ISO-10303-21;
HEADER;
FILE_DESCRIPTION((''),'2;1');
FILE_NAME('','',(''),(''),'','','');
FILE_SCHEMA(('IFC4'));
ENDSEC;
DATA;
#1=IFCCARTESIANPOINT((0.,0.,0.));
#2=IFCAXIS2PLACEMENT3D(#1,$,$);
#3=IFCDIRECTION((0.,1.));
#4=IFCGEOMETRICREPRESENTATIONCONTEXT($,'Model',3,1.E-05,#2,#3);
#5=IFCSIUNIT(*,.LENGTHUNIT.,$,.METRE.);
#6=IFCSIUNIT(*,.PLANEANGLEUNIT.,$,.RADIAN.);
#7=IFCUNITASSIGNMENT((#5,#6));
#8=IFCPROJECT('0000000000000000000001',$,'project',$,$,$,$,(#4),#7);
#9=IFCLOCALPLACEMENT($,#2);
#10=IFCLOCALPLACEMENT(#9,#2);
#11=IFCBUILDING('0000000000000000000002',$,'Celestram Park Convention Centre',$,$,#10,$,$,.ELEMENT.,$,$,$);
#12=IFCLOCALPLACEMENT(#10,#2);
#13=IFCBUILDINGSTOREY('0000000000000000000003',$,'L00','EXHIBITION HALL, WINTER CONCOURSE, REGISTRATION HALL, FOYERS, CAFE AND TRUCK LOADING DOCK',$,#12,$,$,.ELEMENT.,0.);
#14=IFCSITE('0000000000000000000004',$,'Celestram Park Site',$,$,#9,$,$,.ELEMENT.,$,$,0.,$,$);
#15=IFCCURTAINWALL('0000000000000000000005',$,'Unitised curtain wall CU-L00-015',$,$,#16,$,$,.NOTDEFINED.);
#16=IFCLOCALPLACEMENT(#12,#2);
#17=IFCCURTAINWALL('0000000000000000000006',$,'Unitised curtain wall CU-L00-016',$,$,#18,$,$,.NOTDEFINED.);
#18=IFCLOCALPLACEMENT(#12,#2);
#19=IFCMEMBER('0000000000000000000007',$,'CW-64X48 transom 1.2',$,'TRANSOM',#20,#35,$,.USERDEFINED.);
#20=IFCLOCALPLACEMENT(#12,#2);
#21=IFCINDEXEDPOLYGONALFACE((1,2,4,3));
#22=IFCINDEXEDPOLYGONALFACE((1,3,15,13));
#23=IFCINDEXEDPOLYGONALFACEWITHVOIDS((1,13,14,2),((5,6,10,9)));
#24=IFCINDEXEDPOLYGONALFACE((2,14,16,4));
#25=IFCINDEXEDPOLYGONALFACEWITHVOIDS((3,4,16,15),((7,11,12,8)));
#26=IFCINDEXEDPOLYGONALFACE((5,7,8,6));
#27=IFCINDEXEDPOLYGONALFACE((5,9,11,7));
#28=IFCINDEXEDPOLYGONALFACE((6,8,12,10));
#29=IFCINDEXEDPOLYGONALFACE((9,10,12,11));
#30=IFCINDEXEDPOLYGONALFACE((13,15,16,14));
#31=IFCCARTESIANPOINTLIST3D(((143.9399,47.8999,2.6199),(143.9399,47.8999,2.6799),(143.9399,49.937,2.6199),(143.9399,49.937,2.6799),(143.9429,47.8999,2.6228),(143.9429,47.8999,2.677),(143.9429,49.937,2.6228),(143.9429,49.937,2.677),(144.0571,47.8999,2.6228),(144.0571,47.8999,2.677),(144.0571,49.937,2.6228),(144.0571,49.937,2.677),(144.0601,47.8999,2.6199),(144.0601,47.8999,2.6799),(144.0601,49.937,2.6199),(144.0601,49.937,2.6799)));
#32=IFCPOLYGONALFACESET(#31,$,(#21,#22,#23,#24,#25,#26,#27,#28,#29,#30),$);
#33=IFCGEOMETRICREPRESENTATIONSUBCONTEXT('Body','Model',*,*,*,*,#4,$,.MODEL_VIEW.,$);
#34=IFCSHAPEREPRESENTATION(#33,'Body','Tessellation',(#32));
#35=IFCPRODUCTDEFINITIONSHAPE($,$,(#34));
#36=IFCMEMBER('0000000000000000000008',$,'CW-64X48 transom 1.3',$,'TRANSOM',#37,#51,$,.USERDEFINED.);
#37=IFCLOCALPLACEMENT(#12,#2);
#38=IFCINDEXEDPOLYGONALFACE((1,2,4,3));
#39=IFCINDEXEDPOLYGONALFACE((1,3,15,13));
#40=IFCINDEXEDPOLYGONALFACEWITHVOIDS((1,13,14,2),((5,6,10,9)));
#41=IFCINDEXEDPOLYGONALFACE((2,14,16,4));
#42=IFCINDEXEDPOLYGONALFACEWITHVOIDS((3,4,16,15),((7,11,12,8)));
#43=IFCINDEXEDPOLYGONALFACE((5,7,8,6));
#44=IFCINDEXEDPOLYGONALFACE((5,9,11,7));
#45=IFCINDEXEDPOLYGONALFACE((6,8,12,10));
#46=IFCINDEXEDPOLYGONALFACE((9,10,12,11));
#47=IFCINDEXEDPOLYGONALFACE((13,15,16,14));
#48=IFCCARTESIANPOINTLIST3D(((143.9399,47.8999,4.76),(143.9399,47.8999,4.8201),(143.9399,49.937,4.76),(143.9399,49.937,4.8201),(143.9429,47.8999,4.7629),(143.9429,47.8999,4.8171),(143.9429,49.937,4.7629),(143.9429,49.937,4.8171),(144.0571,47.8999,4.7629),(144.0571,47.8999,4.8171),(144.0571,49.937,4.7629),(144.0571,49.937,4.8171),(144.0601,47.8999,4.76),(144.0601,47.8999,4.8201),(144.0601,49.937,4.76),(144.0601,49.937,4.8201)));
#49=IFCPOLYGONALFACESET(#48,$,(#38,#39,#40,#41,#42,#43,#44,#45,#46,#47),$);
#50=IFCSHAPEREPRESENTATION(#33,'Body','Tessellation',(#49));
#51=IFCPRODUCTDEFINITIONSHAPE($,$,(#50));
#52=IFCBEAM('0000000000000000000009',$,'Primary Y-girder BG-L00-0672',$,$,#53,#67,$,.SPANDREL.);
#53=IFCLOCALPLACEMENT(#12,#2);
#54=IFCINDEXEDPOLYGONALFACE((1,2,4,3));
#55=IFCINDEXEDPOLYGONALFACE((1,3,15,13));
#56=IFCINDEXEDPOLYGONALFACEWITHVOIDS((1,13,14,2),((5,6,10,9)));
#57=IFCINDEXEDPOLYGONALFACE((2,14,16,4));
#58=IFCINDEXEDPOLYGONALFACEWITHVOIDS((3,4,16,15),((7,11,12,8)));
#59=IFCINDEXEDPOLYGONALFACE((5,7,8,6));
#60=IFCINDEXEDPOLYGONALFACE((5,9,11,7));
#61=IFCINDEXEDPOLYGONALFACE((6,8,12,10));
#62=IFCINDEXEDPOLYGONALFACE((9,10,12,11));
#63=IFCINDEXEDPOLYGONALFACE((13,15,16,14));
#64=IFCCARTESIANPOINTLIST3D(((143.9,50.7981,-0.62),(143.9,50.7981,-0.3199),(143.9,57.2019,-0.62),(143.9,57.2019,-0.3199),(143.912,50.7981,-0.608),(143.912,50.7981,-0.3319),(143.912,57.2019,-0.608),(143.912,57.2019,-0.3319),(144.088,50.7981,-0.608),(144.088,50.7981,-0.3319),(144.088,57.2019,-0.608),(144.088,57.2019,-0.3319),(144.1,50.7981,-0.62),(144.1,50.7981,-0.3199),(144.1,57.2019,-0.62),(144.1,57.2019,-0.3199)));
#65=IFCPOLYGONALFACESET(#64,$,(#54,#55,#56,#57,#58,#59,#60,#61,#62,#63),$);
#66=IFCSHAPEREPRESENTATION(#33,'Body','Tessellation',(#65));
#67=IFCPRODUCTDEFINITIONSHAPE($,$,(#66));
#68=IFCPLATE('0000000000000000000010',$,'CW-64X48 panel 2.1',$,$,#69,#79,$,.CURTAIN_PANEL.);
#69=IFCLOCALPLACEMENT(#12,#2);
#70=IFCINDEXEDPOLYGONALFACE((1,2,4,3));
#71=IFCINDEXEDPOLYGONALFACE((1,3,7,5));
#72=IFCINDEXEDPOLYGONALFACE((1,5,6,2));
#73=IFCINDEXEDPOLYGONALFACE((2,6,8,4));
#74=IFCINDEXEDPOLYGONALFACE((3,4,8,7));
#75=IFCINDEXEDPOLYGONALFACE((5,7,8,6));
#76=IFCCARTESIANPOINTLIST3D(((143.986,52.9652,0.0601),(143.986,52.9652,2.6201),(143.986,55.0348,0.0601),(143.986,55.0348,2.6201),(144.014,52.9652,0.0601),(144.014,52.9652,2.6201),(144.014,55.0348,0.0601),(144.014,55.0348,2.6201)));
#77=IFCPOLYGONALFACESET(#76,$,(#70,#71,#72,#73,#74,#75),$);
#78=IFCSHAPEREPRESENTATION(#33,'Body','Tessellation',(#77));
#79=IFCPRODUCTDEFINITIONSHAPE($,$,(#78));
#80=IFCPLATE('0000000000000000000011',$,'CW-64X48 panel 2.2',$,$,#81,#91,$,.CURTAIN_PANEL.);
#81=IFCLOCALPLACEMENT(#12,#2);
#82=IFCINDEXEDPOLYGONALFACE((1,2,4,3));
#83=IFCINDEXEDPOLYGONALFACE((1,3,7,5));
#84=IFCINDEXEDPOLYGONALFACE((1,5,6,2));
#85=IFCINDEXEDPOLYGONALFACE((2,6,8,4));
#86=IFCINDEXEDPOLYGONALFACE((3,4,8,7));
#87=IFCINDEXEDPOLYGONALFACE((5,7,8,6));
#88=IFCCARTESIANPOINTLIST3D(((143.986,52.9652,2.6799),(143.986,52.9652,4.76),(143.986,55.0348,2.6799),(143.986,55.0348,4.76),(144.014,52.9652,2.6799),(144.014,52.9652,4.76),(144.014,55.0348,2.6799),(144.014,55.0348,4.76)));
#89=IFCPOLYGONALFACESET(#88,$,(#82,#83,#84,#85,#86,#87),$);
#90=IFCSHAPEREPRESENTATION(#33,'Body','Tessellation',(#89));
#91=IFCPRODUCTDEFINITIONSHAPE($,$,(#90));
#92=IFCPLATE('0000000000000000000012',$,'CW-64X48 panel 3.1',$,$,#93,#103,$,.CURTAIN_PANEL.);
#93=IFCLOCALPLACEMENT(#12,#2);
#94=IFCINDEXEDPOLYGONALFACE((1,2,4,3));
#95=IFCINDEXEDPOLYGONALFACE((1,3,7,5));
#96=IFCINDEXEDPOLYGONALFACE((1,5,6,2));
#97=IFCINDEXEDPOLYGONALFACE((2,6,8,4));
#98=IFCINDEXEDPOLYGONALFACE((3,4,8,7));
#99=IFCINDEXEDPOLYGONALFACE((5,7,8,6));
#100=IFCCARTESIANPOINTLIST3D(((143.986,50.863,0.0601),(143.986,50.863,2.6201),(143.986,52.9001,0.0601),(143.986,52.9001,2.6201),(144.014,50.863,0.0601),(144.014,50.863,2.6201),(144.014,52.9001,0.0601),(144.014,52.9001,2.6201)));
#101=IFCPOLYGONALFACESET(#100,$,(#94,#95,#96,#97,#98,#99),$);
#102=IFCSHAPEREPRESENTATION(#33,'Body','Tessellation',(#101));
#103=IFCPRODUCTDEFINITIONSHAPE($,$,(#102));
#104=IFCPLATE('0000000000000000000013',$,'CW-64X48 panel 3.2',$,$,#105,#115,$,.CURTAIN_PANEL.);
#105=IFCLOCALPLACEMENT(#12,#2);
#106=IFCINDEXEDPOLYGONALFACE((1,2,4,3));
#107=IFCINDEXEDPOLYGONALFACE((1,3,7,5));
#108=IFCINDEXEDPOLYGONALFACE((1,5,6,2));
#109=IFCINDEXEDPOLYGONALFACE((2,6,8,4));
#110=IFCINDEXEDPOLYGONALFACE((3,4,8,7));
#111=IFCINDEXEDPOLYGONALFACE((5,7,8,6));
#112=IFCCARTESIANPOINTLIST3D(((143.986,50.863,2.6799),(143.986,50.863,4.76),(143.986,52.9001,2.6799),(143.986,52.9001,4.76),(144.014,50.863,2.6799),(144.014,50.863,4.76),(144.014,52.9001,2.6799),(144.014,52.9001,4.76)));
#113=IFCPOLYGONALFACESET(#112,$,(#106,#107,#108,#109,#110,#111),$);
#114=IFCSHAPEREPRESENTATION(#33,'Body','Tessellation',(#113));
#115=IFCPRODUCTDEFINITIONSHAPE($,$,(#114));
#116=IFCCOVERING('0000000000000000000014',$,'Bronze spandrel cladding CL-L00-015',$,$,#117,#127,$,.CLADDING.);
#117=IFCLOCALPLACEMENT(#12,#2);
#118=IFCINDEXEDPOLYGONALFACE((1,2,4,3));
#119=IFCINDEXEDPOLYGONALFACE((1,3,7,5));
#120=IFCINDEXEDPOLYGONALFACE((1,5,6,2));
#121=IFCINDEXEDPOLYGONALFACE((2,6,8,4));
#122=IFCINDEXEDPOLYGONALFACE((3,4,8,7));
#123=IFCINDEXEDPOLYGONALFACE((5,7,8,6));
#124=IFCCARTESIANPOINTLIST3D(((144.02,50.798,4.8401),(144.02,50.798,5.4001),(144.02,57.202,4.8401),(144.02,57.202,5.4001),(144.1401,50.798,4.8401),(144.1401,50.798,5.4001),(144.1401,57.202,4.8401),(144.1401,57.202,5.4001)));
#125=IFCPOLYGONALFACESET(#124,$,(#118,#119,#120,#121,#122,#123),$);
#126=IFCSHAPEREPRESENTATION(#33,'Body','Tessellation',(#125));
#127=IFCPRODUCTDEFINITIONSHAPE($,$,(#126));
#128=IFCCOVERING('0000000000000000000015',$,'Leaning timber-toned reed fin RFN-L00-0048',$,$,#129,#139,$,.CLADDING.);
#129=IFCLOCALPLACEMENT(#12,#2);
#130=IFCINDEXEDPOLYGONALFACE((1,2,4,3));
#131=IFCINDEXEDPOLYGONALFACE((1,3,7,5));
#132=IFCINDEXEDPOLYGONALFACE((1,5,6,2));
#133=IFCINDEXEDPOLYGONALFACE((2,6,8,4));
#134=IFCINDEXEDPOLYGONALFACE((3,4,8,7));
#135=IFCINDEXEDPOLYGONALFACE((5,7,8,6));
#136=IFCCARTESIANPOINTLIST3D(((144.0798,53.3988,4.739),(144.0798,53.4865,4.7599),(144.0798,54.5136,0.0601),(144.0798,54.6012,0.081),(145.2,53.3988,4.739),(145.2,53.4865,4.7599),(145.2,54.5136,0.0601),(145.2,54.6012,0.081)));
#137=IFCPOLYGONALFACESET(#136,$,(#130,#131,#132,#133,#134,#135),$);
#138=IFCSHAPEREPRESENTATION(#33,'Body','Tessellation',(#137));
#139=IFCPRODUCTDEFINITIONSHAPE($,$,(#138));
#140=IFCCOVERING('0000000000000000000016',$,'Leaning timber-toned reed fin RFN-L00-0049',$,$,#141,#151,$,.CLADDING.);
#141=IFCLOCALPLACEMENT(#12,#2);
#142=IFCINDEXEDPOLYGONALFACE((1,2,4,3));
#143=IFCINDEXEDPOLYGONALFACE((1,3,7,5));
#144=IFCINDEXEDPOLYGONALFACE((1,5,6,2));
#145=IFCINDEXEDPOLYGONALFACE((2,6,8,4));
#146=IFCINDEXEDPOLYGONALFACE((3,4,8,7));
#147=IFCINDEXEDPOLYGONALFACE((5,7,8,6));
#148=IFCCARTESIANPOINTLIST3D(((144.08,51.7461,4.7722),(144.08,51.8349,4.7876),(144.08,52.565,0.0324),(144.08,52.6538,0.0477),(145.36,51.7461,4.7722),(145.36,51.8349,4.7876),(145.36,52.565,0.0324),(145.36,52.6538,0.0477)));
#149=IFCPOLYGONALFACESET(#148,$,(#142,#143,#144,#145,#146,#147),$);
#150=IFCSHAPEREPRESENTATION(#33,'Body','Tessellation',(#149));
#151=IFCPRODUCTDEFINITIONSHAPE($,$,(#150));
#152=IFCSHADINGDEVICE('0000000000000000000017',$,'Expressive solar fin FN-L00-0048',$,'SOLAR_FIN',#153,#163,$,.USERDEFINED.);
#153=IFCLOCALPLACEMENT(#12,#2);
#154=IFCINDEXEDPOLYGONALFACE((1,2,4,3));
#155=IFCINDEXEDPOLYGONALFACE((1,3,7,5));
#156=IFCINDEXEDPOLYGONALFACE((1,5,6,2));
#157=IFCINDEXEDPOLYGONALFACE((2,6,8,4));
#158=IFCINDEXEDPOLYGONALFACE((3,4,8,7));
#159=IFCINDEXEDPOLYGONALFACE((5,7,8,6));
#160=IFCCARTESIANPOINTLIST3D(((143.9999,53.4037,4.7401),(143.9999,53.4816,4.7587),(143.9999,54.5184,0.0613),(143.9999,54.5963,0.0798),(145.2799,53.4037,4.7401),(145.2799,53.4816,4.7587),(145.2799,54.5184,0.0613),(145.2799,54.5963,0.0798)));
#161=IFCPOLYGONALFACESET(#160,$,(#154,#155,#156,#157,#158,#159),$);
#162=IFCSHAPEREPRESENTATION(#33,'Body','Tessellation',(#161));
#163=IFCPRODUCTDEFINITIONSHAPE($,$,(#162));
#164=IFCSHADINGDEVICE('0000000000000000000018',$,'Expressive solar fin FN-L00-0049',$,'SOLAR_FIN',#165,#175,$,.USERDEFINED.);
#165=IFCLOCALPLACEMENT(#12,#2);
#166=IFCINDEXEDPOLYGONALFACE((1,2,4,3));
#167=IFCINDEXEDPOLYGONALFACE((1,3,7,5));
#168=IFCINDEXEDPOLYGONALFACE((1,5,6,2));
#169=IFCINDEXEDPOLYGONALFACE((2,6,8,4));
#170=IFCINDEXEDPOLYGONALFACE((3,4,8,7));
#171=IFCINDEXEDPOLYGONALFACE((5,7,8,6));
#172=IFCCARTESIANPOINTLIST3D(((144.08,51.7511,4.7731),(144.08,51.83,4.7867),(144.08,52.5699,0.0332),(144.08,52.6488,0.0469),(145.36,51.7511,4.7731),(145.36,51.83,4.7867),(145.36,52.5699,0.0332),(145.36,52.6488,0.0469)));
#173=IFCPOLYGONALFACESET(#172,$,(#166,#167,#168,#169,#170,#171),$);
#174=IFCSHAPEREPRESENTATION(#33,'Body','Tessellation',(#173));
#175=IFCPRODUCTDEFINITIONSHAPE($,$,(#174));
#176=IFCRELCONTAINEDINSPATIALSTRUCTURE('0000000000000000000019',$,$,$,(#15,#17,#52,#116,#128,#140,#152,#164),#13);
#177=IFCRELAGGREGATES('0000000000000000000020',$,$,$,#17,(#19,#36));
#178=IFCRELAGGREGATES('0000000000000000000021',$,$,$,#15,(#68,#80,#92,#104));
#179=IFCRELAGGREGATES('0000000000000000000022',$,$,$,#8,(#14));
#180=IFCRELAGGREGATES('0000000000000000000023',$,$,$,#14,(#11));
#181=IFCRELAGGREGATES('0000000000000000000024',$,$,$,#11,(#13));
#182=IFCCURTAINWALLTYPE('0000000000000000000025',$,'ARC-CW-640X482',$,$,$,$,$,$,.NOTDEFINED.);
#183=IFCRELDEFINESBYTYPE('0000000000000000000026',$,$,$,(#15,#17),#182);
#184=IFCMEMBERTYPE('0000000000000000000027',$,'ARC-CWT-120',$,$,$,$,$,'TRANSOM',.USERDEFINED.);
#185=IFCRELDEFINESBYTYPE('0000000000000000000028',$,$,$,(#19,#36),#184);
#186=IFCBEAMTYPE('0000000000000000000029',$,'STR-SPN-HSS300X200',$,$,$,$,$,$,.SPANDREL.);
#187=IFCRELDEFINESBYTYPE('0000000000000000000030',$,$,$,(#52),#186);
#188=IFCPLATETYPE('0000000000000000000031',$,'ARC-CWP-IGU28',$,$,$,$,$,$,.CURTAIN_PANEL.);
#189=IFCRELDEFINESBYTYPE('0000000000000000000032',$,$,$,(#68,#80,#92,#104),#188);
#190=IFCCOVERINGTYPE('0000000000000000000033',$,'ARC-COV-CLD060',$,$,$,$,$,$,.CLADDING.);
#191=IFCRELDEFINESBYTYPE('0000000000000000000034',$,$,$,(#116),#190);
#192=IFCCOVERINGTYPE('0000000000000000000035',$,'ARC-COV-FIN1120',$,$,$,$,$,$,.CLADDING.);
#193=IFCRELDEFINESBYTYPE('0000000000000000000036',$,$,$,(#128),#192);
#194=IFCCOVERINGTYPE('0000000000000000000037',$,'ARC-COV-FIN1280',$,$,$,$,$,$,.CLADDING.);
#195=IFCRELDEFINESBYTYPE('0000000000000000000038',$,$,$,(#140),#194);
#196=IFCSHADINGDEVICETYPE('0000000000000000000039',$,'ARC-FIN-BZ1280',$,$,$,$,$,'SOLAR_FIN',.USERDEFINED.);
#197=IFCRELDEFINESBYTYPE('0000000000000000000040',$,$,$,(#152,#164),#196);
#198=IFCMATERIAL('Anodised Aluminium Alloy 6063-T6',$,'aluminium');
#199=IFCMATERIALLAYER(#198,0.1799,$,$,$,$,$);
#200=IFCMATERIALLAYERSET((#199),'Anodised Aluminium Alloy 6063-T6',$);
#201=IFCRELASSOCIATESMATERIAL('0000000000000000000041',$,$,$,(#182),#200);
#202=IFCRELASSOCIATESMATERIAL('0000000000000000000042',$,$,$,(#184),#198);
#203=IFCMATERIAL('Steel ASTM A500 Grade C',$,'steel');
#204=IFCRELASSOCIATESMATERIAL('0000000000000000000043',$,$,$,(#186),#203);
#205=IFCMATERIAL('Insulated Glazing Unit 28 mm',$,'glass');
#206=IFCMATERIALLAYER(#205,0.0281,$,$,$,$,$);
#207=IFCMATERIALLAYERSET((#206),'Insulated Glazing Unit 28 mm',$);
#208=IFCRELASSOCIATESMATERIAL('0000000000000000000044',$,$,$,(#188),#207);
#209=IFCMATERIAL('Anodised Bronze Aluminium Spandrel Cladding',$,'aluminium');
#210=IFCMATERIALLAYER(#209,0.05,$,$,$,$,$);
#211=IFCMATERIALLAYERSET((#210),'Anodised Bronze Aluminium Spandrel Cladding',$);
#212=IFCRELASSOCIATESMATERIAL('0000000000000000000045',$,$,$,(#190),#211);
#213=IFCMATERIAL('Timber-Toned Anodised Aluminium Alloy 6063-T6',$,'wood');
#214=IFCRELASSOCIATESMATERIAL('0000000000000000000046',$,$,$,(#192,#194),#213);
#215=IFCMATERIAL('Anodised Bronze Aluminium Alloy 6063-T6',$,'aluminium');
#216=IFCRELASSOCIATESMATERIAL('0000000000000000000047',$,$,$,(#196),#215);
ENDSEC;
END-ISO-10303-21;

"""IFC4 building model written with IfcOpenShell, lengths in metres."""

from ifc_helpers import new_model, si_unit, direction, frame, origin, origin_2d, place, context, subcontext, project, spatial, rectangle, hollow_rectangle, extrude, material, layer, layer_set, material_profile, profile_set, type_object, element, aggregate, save


model = new_model("IFC4")

# Units and contexts
model_context = context("Model", 3, precision=1e-05, world=origin(), true_north=direction((0.0, 1.0)))
body_context = subcontext(model_context, "Body", "Model", "MODEL_VIEW")
ifc_project = project(units=[si_unit("LENGTHUNIT", "METRE"), si_unit("PLANEANGLEUNIT", "RADIAN")], contexts=[model_context])

# Site, building, storey
site_placement = place(None, origin())
site = spatial("IfcSite", under=ifc_project, at=site_placement, Name="Celestram Park Site", CompositionType="ELEMENT", RefElevation=0.0)
building_placement = place(site_placement, origin())
building = spatial("IfcBuilding", under=site, at=building_placement, Name="Celestram Park Convention Centre", CompositionType="ELEMENT")
storey_placement = place(building_placement, origin())
storey = spatial("IfcBuildingStorey", under=building, at=storey_placement, Name="L00", Description="EXHIBITION HALL, WINTER CONCOURSE, REGISTRATION HALL, FOYERS, CAFE AND TRUCK LOADING DOCK", CompositionType="ELEMENT", Elevation=0.0)

# Curtain wall
ifc_material_1 = material(Name="Anodised Aluminium Alloy 6063-T6", Category="aluminium")
ifc_layer_1 = layer(ifc_material_1, 0.1799)
ifc_layer_set_1 = layer_set([ifc_layer_1], Name="Anodised Aluminium Alloy 6063-T6")
curtain_wall_type = type_object("IfcCurtainWallType", Name="ARC-CW-640X482", PredefinedType="NOTDEFINED", material=ifc_layer_set_1)
curtain_wall_1_placement = place(storey_placement, origin())
curtain_wall_1 = element("IfcCurtainWall", 1, at=curtain_wall_1_placement, inside=storey, type_object=curtain_wall_type, Name="Unitised curtain wall CU-L00-015", PredefinedType="NOTDEFINED")

# Curtain wall
curtain_wall_2_placement = place(storey_placement, origin())
curtain_wall_2 = element("IfcCurtainWall", 2, at=curtain_wall_2_placement, inside=storey, type_object=curtain_wall_type, Name="Unitised curtain wall CU-L00-016", PredefinedType="NOTDEFINED")

# Members
ifc_material_profile_1 = material_profile(ifc_material_1, hollow_rectangle(XDim=0.1201, YDim=0.0601, WallThickness=0.0029, at=origin_2d()), Name="ALU120X60X3")
ifc_profile_set_1 = profile_set([ifc_material_profile_1], Name="Anodised Aluminium Alloy 6063-T6")
member_type_1 = type_object("IfcMemberType", Name="ARC-CWT-120", ElementType="TRANSOM", PredefinedType="USERDEFINED", material=ifc_profile_set_1)
member_1_placement = place(storey_placement, frame((144.0, 49.937, 2.6499), z_axis=(0.0, -1.0, 0.0), x_axis=(1.0, 0.0, 0.0)))
member_1 = element("IfcMember", 3, at=member_1_placement, type_object=member_type_1, Name="CW-64X48 transom 1.2", ObjectType="TRANSOM", PredefinedType="USERDEFINED", context=body_context, shape_type="SweptSolid", body=[
    extrude(hollow_rectangle(XDim=0.1201, YDim=0.0601, WallThickness=0.0029, at=origin_2d()), origin(), (0.0, 0.0, 1.0), 2.0371),
])
member_2_placement = place(storey_placement, frame((144.0, 49.937, 4.79), z_axis=(0.0, -1.0, 0.0), x_axis=(1.0, 0.0, 0.0)))
member_2 = element("IfcMember", 4, at=member_2_placement, type_object=member_type_1, Name="CW-64X48 transom 1.3", ObjectType="TRANSOM", PredefinedType="USERDEFINED", context=body_context, shape_type="SweptSolid", body=[
    extrude(hollow_rectangle(XDim=0.1201, YDim=0.0601, WallThickness=0.0029, at=origin_2d()), origin(), (0.0, 0.0, 1.0), 2.0371),
])
aggregate(curtain_wall_2, [member_1, member_2])

# Beam
ifc_material_2 = material(Name="Steel ASTM A500 Grade C", Category="steel")
ifc_material_profile_2 = material_profile(ifc_material_2, hollow_rectangle(XDim=0.2, YDim=0.3, WallThickness=0.012, at=origin_2d()), Name="HSS300X200X12")
ifc_profile_set_2 = profile_set([ifc_material_profile_2], Name="Steel ASTM A500 Grade C")
beam_type = type_object("IfcBeamType", Name="STR-SPN-HSS300X200", PredefinedType="SPANDREL", material=ifc_profile_set_2)
beam_placement = place(storey_placement, frame((144.0, 50.7981, -0.47), z_axis=(0.0, 1.0, 0.0), x_axis=(-1.0, 0.0, 0.0)))
element("IfcBeam", 5, at=beam_placement, inside=storey, type_object=beam_type, Name="Primary Y-girder BG-L00-0672", PredefinedType="SPANDREL", context=body_context, shape_type="SweptSolid", body=[
    extrude(hollow_rectangle(XDim=0.2, YDim=0.3, WallThickness=0.012, at=origin_2d()), origin(), (0.0, 0.0, 1.0), 6.4038),
])

# Plates
ifc_material_3 = material(Name="Insulated Glazing Unit 28 mm", Category="glass")
ifc_layer_2 = layer(ifc_material_3, 0.0281)
ifc_layer_set_2 = layer_set([ifc_layer_2], Name="Insulated Glazing Unit 28 mm")
plate_type = type_object("IfcPlateType", Name="ARC-CWP-IGU28", PredefinedType="CURTAIN_PANEL", material=ifc_layer_set_2)
plate_1_placement = place(storey_placement, frame((144.0, 54.0, 0.0601), z_axis=(0.0, 0.0, 1.0), x_axis=(0.0, -1.0, 0.0)))
plate_1 = element("IfcPlate", 6, at=plate_1_placement, type_object=plate_type, Name="CW-64X48 panel 2.1", PredefinedType="CURTAIN_PANEL", context=body_context, shape_type="SweptSolid", body=[
    extrude(rectangle(XDim=2.0696, YDim=0.0281, at=origin_2d()), origin(), (0.0, 0.0, 1.0), 2.5601),
])
plate_2_placement = place(storey_placement, frame((144.0, 54.0, 2.6799), z_axis=(0.0, 0.0, 1.0), x_axis=(0.0, -1.0, 0.0)))
plate_2 = element("IfcPlate", 7, at=plate_2_placement, type_object=plate_type, Name="CW-64X48 panel 2.2", PredefinedType="CURTAIN_PANEL", context=body_context, shape_type="SweptSolid", body=[
    extrude(rectangle(XDim=2.0696, YDim=0.0281, at=origin_2d()), origin(), (0.0, 0.0, 1.0), 2.0801),
])
plate_3_placement = place(storey_placement, frame((144.0, 51.8816, 0.0601), z_axis=(0.0, 0.0, 1.0), x_axis=(0.0, -1.0, 0.0)))
plate_3 = element("IfcPlate", 8, at=plate_3_placement, type_object=plate_type, Name="CW-64X48 panel 3.1", PredefinedType="CURTAIN_PANEL", context=body_context, shape_type="SweptSolid", body=[
    extrude(rectangle(XDim=2.0371, YDim=0.0281, at=origin_2d()), origin(), (0.0, 0.0, 1.0), 2.5601),
])
plate_4_placement = place(storey_placement, frame((144.0, 51.8816, 2.6799), z_axis=(0.0, 0.0, 1.0), x_axis=(0.0, -1.0, 0.0)))
plate_4 = element("IfcPlate", 9, at=plate_4_placement, type_object=plate_type, Name="CW-64X48 panel 3.2", PredefinedType="CURTAIN_PANEL", context=body_context, shape_type="SweptSolid", body=[
    extrude(rectangle(XDim=2.0371, YDim=0.0281, at=origin_2d()), origin(), (0.0, 0.0, 1.0), 2.0801),
])
aggregate(curtain_wall_1, [plate_1, plate_2, plate_3, plate_4])

# Coverings
ifc_material_4 = material(Name="Anodised Bronze Aluminium Spandrel Cladding", Category="aluminium")
ifc_layer_3 = layer(ifc_material_4, 0.05)
ifc_layer_set_3 = layer_set([ifc_layer_3], Name="Anodised Bronze Aluminium Spandrel Cladding")
covering_type_1 = type_object("IfcCoveringType", Name="ARC-COV-CLD060", PredefinedType="CLADDING", material=ifc_layer_set_3)
covering_1_placement = place(storey_placement, frame((144.0801, 54.0, 4.8401), z_axis=(0.0, 0.0, 1.0), x_axis=(0.0, -1.0, 0.0)))
element("IfcCovering", 10, at=covering_1_placement, inside=storey, type_object=covering_type_1, Name="Bronze spandrel cladding CL-L00-015", PredefinedType="CLADDING", context=body_context, shape_type="SweptSolid", body=[
    extrude(rectangle(XDim=6.4041, YDim=0.1201, at=origin_2d()), origin(), (0.0, 0.0, 1.0), 0.5601),
])
ifc_material_5 = material(Name="Timber-Toned Anodised Aluminium Alloy 6063-T6", Category="wood")
ifc_material_profile_3 = material_profile(ifc_material_5, rectangle(XDim=1.1201, YDim=0.0901, at=origin_2d()), Name="REED1120X90")
ifc_profile_set_3 = profile_set([ifc_material_profile_3], Name="Timber-Toned Anodised Aluminium Alloy 6063-T6")
covering_type_2 = type_object("IfcCoveringType", Name="ARC-COV-FIN1120", PredefinedType="CLADDING", material=ifc_profile_set_3)
covering_2_placement = place(storey_placement, frame((144.6399, 54.5574, 0.0706), z_axis=(0.0, -0.23176, 0.972773), x_axis=(1.0, 0.0, 0.0)))
element("IfcCovering", 11, at=covering_2_placement, inside=storey, type_object=covering_type_2, Name="Leaning timber-toned reed fin RFN-L00-0048", PredefinedType="CLADDING", context=body_context, shape_type="SweptSolid", body=[
    extrude(rectangle(XDim=1.1201, YDim=0.0901, at=origin_2d()), origin(), (0.0, 0.0, 1.0), 4.8098),
])
ifc_material_profile_4 = material_profile(ifc_material_5, rectangle(XDim=1.28, YDim=0.0901, at=origin_2d()), Name="REED1280X90")
ifc_profile_set_4 = profile_set([ifc_material_profile_4], Name="Timber-Toned Anodised Aluminium Alloy 6063-T6")
covering_type_3 = type_object("IfcCoveringType", Name="ARC-COV-FIN1280", PredefinedType="CLADDING", material=ifc_profile_set_4)
covering_3_placement = place(storey_placement, frame((144.72, 52.6094, 0.04), z_axis=(0.0, -0.17024, 0.985403), x_axis=(1.0, 0.0, 0.0)))
element("IfcCovering", 12, at=covering_3_placement, inside=storey, type_object=covering_type_3, Name="Leaning timber-toned reed fin RFN-L00-0049", PredefinedType="CLADDING", context=body_context, shape_type="SweptSolid", body=[
    extrude(rectangle(XDim=1.28, YDim=0.0901, at=origin_2d()), origin(), (0.0, 0.0, 1.0), 4.8101),
])

# Shading devices
ifc_material_6 = material(Name="Anodised Bronze Aluminium Alloy 6063-T6", Category="aluminium")
ifc_material_profile_5 = material_profile(ifc_material_6, rectangle(XDim=1.28, YDim=0.0801, at=origin_2d()), Name="FIN1280X80")
ifc_profile_set_5 = profile_set([ifc_material_profile_5], Name="Anodised Bronze Aluminium Alloy 6063-T6")
shading_device_type = type_object("IfcShadingDeviceType", Name="ARC-FIN-BZ1280", ElementType="SOLAR_FIN", PredefinedType="USERDEFINED", material=ifc_profile_set_5)
shading_device_1_placement = place(storey_placement, frame((144.6399, 54.5574, 0.0706), z_axis=(0.0, -0.23176, 0.972773), x_axis=(1.0, 0.0, 0.0)))
element("IfcShadingDevice", 13, at=shading_device_1_placement, inside=storey, type_object=shading_device_type, Name="Expressive solar fin FN-L00-0048", ObjectType="SOLAR_FIN", PredefinedType="USERDEFINED", context=body_context, shape_type="SweptSolid", body=[
    extrude(rectangle(XDim=1.28, YDim=0.0801, at=origin_2d()), origin(), (0.0, 0.0, 1.0), 4.8098),
])
shading_device_2_placement = place(storey_placement, frame((144.72, 52.6094, 0.04), z_axis=(0.0, -0.17024, 0.985403), x_axis=(1.0, 0.0, 0.0)))
element("IfcShadingDevice", 14, at=shading_device_2_placement, inside=storey, type_object=shading_device_type, Name="Expressive solar fin FN-L00-0049", ObjectType="SOLAR_FIN", PredefinedType="USERDEFINED", context=body_context, shape_type="SweptSolid", body=[
    extrude(rectangle(XDim=1.28, YDim=0.0801, at=origin_2d()), origin(), (0.0, 0.0, 1.0), 4.8101),
])

save(model, "model.ifc")
